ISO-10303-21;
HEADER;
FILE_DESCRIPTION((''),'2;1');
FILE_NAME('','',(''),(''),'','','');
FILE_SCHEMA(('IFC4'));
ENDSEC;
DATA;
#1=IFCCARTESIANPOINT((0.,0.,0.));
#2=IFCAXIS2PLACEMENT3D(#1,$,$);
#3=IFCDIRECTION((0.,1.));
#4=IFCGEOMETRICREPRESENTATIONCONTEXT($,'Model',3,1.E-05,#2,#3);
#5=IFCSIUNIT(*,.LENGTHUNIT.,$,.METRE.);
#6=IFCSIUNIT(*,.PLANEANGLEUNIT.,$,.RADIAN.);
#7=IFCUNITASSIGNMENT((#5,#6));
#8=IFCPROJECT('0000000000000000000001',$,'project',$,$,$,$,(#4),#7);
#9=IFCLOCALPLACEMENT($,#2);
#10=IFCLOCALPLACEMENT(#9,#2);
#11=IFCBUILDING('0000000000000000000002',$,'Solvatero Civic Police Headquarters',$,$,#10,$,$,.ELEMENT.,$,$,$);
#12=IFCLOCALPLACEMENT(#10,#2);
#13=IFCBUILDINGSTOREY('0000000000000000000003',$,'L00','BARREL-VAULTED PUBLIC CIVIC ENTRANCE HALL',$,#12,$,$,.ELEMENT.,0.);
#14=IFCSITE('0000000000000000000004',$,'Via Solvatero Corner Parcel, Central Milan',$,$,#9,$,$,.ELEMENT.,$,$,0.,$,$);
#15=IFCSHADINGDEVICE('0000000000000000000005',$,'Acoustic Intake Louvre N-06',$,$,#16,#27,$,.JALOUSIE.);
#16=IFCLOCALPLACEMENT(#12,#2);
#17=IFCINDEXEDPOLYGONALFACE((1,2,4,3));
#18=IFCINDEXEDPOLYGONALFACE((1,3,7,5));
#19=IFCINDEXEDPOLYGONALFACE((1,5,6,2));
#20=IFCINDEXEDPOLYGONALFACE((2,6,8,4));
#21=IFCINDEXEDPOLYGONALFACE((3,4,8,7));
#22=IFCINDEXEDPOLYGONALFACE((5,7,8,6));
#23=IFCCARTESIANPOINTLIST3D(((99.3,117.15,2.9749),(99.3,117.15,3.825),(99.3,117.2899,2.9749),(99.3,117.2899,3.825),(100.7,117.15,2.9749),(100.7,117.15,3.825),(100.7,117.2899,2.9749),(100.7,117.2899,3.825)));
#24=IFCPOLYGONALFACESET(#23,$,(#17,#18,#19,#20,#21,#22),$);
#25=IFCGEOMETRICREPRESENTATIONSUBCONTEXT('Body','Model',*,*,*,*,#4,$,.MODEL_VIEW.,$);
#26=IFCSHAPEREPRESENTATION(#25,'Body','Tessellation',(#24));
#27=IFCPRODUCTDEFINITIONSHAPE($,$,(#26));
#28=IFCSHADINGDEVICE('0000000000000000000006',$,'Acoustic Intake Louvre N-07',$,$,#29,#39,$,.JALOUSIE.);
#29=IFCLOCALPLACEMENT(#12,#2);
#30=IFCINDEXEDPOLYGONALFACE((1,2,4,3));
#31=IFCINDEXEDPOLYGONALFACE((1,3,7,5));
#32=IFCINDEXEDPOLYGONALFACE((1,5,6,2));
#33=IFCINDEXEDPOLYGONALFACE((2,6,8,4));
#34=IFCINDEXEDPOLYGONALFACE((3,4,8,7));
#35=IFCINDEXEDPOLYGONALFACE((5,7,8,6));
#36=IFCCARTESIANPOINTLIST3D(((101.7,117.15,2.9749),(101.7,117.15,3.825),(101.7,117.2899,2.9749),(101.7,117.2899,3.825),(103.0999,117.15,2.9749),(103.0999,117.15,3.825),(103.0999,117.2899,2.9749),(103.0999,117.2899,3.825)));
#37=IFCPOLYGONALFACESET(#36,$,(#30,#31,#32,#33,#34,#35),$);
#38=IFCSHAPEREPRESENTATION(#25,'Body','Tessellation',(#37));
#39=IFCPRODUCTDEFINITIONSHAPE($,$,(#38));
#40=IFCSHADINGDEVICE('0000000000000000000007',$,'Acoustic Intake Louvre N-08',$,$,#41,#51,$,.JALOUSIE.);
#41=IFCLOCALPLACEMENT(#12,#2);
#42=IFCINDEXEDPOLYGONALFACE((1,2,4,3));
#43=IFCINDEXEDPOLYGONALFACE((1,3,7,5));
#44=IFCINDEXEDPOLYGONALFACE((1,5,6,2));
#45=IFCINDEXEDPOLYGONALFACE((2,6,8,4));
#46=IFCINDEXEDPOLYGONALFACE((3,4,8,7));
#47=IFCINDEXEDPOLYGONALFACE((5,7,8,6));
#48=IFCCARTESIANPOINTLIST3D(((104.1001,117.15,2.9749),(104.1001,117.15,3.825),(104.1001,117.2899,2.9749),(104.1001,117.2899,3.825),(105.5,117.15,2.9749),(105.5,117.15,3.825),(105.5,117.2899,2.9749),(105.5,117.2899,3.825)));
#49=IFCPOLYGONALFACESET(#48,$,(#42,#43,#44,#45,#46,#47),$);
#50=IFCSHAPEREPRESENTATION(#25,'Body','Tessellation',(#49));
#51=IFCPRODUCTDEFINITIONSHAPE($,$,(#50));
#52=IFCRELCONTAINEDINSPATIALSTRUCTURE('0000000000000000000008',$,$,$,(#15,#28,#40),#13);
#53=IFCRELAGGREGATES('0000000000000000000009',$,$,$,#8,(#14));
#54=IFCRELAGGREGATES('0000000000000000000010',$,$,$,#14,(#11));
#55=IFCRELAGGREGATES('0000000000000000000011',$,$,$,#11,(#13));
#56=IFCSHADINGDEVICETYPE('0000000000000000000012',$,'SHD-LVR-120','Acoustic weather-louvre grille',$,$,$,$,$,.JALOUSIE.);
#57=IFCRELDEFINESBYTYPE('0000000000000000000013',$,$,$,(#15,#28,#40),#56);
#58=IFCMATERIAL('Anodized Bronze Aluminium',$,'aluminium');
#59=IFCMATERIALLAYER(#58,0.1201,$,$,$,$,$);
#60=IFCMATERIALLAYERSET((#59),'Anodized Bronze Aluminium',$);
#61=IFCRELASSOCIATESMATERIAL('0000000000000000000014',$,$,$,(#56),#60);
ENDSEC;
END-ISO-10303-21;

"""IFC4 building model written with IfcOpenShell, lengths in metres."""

from ifc_helpers import new_model, si_unit, direction, frame, origin, origin_2d, place, context, subcontext, project, spatial, rectangle, extrude, material, layer, layer_set, type_object, element, save


model = new_model("IFC4")

# Units and contexts
model_context = context("Model", 3, precision=1e-05, world=origin(), true_north=direction((0.0, 1.0)))
body_context = subcontext(model_context, "Body", "Model", "MODEL_VIEW")
ifc_project = project(units=[si_unit("LENGTHUNIT", "METRE"), si_unit("PLANEANGLEUNIT", "RADIAN")], contexts=[model_context])

# Site, building, storey
site_placement = place(None, origin())
site = spatial("IfcSite", under=ifc_project, at=site_placement, Name="Via Solvatero Corner Parcel, Central Milan", CompositionType="ELEMENT", RefElevation=0.0)
building_placement = place(site_placement, origin())
building = spatial("IfcBuilding", under=site, at=building_placement, Name="Solvatero Civic Police Headquarters", CompositionType="ELEMENT")
storey_placement = place(building_placement, origin())
storey = spatial("IfcBuildingStorey", under=building, at=storey_placement, Name="L00", Description="BARREL-VAULTED PUBLIC CIVIC ENTRANCE HALL", CompositionType="ELEMENT", Elevation=0.0)

# Shading devices
ifc_material_1 = material(Name="Anodized Bronze Aluminium", Category="aluminium")
ifc_layer_1 = layer(ifc_material_1, 0.1201)
ifc_layer_set_1 = layer_set([ifc_layer_1], Name="Anodized Bronze Aluminium")
shading_device_type = type_object("IfcShadingDeviceType", Name="SHD-LVR-120", Description="Acoustic weather-louvre grille", PredefinedType="JALOUSIE", material=ifc_layer_set_1)
for number, where, z_axis, x_axis, name in (
    (1, (100.0, 117.22, 2.9749), (0.0, 0.0, 1.0), (1.0, 0.0, 0.0), "Acoustic Intake Louvre N-06"),
    (2, (102.3999, 117.22, 2.9749), (0.0, 0.0, 1.0), (1.0, 0.0, 0.0), "Acoustic Intake Louvre N-07"),
    (3, (104.8, 117.22, 2.9749), (0.0, 0.0, 1.0), (1.0, 0.0, 0.0), "Acoustic Intake Louvre N-08"),
):
    element("IfcShadingDevice", number, at=place(storey_placement, frame(where, z_axis=z_axis, x_axis=x_axis)), inside=storey, type_object=shading_device_type, Name=name, PredefinedType="JALOUSIE", context=body_context, shape_type="SweptSolid", body=[
        extrude(rectangle(XDim=1.3999, YDim=0.1399, at=origin_2d()), origin(), (0.0, 0.0, 1.0), 0.8501),
    ])

save(model, "model.ifc")
